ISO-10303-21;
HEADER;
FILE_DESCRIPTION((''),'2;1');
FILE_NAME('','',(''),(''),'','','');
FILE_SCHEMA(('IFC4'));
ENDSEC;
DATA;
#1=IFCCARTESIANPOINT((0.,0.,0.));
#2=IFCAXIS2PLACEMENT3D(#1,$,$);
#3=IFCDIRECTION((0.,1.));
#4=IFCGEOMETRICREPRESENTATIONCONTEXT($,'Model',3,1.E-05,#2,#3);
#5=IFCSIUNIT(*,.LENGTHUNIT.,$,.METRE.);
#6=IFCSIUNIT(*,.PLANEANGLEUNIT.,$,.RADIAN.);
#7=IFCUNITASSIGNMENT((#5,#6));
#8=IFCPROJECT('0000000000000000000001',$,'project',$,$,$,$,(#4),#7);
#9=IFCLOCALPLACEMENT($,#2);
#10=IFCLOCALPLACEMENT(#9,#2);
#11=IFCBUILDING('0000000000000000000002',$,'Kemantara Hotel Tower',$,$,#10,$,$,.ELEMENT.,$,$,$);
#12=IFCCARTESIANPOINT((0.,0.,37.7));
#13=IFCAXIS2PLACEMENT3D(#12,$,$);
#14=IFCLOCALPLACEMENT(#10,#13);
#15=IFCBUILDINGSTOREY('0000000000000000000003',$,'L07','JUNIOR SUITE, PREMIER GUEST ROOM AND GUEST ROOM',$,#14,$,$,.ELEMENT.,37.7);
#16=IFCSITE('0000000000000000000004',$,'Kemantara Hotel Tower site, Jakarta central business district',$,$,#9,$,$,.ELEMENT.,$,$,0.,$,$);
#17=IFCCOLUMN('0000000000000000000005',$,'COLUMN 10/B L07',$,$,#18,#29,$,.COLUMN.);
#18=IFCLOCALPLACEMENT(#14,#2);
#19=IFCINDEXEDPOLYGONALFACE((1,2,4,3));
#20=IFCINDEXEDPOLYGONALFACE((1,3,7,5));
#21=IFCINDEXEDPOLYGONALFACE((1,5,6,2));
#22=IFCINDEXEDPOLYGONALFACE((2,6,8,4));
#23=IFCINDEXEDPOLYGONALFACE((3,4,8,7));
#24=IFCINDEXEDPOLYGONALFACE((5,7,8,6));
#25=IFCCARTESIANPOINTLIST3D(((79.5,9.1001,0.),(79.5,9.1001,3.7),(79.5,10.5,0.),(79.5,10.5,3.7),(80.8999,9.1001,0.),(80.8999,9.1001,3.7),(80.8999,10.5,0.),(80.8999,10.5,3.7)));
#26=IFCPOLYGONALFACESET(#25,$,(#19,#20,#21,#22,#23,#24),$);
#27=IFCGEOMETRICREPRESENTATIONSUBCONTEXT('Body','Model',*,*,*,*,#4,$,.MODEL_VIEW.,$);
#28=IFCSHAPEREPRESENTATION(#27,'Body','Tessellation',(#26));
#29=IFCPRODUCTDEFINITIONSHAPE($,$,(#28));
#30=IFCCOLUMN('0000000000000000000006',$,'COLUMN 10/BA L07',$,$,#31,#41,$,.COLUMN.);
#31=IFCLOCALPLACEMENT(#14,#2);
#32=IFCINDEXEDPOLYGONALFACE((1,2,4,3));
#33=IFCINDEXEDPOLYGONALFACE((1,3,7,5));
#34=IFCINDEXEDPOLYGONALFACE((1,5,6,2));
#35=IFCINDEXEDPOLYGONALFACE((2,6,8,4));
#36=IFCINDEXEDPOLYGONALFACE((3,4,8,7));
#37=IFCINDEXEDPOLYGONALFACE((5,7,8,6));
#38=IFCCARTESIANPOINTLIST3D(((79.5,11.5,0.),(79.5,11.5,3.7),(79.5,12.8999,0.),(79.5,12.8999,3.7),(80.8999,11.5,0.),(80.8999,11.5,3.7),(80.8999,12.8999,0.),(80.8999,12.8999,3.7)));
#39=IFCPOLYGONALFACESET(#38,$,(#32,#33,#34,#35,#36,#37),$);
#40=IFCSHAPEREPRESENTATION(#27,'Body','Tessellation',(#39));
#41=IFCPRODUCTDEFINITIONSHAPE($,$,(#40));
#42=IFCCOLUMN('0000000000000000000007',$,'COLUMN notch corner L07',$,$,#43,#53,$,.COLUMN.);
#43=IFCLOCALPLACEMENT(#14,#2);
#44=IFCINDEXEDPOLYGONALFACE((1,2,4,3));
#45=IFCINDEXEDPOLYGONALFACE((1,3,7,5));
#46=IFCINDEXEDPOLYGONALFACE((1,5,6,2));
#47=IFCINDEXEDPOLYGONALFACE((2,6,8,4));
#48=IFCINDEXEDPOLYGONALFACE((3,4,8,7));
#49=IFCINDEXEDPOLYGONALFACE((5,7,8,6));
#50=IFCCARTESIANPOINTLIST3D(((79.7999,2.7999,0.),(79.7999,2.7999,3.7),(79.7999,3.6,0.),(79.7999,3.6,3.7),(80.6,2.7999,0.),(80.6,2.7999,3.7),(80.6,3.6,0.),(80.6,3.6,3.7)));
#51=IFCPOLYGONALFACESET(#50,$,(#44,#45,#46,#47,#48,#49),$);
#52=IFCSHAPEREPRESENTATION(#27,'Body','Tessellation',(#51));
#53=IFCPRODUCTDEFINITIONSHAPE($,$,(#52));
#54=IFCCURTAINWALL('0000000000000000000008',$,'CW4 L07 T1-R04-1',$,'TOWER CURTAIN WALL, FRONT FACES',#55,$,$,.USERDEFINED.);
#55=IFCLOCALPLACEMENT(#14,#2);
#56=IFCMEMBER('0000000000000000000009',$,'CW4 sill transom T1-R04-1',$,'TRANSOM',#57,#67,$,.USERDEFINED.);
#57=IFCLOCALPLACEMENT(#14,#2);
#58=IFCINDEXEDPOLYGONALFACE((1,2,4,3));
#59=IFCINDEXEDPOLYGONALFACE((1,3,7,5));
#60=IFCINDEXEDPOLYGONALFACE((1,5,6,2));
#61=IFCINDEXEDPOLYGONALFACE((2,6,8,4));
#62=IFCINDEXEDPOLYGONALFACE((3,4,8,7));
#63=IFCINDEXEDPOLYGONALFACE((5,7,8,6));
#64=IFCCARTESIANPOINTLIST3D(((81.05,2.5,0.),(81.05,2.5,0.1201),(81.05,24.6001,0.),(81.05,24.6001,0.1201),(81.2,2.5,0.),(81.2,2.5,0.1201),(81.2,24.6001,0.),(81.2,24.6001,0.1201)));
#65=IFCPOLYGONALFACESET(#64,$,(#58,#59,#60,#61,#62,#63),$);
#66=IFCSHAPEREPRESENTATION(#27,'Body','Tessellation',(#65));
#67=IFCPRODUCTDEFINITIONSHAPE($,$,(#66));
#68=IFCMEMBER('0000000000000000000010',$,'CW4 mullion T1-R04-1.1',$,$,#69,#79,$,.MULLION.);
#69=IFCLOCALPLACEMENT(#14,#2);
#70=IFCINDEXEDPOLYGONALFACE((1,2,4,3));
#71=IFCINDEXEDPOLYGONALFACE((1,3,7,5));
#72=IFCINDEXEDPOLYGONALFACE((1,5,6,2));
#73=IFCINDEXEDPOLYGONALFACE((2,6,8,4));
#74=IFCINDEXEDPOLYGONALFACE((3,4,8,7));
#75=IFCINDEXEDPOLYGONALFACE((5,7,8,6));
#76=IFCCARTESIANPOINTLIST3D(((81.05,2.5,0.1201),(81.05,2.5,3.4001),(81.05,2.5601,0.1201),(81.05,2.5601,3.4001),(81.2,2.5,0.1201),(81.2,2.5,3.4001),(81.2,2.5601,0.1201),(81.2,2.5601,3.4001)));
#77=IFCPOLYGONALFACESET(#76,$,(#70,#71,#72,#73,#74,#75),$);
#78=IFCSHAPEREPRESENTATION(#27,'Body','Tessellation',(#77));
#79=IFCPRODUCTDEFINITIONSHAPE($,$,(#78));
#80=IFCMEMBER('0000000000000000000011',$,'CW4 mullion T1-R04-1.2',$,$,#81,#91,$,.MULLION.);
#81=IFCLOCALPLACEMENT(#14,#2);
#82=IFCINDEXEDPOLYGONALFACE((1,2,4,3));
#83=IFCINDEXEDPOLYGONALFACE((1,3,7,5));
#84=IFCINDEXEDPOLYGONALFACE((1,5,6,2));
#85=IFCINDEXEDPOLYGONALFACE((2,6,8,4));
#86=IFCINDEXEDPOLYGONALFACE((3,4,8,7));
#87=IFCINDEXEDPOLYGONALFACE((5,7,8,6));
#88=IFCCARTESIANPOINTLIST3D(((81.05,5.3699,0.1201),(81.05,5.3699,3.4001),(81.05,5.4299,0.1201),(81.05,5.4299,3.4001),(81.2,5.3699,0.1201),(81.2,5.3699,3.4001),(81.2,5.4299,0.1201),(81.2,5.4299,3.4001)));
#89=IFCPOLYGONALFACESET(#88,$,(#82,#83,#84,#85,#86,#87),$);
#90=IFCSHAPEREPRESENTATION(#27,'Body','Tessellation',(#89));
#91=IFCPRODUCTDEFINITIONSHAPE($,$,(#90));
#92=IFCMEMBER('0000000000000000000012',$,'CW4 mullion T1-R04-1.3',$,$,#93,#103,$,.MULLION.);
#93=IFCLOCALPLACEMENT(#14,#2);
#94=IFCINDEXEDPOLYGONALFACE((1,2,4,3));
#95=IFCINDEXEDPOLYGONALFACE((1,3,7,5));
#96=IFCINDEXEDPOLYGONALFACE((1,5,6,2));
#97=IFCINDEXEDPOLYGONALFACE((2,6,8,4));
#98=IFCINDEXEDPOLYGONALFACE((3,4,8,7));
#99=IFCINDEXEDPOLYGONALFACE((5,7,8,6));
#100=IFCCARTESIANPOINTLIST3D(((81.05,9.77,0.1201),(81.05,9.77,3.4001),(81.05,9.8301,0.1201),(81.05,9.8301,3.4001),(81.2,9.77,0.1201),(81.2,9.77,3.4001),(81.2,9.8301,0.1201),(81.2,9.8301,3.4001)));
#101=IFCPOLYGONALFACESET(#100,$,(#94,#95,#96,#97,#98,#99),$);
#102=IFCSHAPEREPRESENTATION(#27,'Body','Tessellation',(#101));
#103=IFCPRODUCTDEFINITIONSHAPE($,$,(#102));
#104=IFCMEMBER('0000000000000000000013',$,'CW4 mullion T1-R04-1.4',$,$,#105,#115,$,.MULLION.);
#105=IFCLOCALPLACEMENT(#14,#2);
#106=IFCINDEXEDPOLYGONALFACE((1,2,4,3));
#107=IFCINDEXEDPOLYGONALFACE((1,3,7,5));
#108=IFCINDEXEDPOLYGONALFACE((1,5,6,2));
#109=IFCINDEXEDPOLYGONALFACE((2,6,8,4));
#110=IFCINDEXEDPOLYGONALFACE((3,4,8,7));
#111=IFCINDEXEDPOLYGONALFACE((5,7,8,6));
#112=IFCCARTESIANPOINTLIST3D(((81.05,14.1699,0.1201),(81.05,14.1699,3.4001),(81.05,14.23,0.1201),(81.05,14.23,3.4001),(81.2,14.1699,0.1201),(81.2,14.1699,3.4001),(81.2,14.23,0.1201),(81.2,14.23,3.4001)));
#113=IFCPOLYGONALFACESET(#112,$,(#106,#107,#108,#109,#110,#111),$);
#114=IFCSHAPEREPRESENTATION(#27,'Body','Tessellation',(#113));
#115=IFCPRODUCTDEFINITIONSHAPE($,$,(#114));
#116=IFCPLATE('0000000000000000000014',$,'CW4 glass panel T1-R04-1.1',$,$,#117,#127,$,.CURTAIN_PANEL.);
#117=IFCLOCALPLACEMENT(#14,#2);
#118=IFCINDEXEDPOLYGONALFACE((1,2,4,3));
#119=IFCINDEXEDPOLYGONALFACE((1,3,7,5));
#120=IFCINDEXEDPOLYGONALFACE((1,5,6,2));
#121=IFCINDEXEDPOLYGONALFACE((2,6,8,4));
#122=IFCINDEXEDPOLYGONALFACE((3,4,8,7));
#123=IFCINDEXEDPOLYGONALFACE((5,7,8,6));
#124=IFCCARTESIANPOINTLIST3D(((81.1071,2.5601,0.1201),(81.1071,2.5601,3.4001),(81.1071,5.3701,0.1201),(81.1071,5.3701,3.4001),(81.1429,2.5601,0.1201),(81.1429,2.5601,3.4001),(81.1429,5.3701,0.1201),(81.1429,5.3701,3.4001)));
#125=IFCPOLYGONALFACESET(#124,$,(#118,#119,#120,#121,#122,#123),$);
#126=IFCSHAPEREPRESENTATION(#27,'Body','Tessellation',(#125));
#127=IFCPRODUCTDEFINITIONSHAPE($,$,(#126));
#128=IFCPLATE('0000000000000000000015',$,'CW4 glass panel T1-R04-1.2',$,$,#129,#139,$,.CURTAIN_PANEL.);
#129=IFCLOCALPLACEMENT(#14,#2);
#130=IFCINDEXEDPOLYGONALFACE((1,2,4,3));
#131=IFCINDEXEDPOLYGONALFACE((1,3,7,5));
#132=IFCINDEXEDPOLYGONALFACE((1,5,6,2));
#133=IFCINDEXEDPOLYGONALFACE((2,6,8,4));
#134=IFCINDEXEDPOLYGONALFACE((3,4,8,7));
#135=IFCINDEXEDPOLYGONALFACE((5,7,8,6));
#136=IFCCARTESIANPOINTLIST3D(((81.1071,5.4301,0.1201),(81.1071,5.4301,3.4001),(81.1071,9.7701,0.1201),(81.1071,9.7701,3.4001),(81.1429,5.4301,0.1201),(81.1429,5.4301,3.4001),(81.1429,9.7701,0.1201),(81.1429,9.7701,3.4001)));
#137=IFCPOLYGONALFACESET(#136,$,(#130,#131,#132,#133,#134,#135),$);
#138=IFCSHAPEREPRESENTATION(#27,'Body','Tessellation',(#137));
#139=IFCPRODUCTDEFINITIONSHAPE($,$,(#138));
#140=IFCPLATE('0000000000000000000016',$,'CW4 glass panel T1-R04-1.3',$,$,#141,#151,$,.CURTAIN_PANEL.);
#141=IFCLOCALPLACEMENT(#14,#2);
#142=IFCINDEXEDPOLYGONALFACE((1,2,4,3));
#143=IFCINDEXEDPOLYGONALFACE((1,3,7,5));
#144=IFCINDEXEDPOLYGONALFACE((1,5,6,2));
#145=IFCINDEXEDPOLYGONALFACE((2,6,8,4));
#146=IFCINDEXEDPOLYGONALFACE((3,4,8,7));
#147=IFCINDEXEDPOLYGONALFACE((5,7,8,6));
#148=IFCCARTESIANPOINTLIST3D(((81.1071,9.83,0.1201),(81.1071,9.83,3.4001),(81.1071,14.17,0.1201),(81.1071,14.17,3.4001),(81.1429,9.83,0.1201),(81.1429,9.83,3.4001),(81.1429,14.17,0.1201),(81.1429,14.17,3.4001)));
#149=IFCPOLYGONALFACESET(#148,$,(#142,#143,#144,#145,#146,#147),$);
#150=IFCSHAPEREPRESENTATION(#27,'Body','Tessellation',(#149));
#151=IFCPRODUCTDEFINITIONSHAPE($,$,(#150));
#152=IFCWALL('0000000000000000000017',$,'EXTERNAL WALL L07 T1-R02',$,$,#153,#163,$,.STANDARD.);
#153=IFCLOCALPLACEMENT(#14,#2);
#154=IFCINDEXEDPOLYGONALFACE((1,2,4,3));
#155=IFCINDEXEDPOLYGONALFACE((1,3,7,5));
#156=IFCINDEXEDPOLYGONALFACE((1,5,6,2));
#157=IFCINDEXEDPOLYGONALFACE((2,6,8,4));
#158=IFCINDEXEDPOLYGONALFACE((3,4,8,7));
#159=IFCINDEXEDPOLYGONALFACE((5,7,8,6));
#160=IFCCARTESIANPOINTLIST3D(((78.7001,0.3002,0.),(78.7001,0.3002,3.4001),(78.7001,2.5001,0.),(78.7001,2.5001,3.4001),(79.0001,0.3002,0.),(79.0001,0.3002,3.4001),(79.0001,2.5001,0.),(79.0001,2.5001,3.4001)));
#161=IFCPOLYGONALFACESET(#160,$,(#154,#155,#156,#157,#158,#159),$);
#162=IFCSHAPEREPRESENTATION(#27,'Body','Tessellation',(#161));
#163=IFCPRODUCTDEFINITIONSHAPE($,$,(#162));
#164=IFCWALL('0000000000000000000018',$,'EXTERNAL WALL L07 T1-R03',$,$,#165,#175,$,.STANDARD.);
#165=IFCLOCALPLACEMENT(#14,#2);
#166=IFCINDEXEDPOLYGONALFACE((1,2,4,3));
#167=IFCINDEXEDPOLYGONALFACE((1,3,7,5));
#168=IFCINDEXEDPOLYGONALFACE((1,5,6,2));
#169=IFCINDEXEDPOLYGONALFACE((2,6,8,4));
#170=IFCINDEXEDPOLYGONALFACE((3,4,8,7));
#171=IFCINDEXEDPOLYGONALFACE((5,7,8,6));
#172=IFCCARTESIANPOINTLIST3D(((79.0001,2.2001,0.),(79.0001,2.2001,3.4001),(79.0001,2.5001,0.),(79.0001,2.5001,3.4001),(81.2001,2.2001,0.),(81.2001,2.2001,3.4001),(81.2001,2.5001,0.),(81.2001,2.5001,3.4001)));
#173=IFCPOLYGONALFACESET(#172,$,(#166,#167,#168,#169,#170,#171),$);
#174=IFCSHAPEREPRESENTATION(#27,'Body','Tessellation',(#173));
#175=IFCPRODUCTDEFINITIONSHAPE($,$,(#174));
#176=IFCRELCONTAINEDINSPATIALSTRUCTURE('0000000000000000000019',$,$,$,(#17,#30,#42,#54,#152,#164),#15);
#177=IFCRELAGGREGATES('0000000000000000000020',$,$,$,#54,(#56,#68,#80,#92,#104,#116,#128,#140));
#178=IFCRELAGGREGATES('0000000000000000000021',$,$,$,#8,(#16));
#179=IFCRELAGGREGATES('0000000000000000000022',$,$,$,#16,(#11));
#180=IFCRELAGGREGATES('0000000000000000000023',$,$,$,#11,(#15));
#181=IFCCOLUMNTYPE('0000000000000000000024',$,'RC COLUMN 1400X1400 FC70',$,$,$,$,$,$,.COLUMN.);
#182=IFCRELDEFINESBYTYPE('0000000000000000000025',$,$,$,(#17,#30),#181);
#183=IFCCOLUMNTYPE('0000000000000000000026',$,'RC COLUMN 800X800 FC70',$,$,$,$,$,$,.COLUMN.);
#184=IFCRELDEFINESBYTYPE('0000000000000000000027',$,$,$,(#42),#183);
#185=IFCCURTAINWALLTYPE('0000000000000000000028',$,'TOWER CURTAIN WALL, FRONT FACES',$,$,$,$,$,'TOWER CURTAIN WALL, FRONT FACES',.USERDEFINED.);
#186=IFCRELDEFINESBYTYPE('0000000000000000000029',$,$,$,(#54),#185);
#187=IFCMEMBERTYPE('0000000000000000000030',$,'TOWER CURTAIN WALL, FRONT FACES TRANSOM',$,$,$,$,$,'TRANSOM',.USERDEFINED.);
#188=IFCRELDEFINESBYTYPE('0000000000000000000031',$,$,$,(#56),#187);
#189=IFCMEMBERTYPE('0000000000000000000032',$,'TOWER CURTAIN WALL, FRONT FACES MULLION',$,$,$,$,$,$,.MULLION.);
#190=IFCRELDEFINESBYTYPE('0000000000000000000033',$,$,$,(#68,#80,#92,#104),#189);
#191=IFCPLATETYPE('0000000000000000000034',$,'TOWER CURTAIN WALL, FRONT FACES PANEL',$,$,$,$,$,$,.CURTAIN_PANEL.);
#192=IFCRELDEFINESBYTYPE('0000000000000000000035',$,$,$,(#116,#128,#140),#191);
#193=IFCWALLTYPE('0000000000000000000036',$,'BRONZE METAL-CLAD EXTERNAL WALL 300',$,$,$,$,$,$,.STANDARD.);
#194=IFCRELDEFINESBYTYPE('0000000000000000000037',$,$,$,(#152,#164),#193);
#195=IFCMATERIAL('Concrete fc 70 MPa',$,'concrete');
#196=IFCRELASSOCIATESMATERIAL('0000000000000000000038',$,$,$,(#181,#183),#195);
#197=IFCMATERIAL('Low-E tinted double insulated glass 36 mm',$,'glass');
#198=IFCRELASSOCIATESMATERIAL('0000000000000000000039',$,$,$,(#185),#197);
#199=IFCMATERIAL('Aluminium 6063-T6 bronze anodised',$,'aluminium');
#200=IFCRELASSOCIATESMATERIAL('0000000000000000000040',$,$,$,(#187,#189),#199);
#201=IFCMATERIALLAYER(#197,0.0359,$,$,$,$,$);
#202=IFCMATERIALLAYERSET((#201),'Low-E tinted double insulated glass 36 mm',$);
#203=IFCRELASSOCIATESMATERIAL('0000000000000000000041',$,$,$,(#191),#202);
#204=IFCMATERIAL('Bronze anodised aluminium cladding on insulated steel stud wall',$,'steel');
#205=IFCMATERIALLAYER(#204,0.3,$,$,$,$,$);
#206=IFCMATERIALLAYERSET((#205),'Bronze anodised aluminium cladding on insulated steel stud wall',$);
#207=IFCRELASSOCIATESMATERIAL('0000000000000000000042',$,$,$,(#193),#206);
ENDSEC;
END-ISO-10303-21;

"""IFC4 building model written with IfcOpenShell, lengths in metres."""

from ifc_helpers import new_model, si_unit, direction, frame, frame_2d, origin, origin_2d, place, context, subcontext, project, spatial, rectangle, extrude, source, transform, mapped, material, layer, layer_set, material_profile, profile_set, type_object, element, aggregate, save


model = new_model("IFC4")

# Units and contexts
model_context = context("Model", 3, precision=1e-05, world=origin(), true_north=direction((0.0, 1.0)))
body_context = subcontext(model_context, "Body", "Model", "MODEL_VIEW")
ifc_project = project(units=[si_unit("LENGTHUNIT", "METRE"), si_unit("PLANEANGLEUNIT", "RADIAN")], contexts=[model_context])

# Site, building, storey
site_placement = place(None, origin())
site = spatial("IfcSite", under=ifc_project, at=site_placement, Name="Kemantara Hotel Tower site, Jakarta central business district", CompositionType="ELEMENT", RefElevation=0.0)
building_placement = place(site_placement, origin())
building = spatial("IfcBuilding", under=site, at=building_placement, Name="Kemantara Hotel Tower", CompositionType="ELEMENT")
storey_placement = place(building_placement, frame((0.0, 0.0, 37.7)))
storey = spatial("IfcBuildingStorey", under=building, at=storey_placement, Name="L07", Description="JUNIOR SUITE, PREMIER GUEST ROOM AND GUEST ROOM", CompositionType="ELEMENT", Elevation=37.7)

# Columns
ifc_material_1 = material(Name="Concrete fc 70 MPa", Category="concrete")
ifc_material_profile_1 = material_profile(ifc_material_1, rectangle(XDim=1.3999, YDim=1.3999, at=origin_2d()), Name="RC 1400X1400")
ifc_profile_set_1 = profile_set([ifc_material_profile_1], Name="Concrete fc 70 MPa")
column_type_1 = type_object("IfcColumnType", Name="RC COLUMN 1400X1400 FC70", PredefinedType="COLUMN", material=ifc_profile_set_1)
for number, where, z_axis, x_axis, name in (
    (1, (80.2, 9.8, 0.0), (0.0, 0.0, 1.0), (1.0, 0.0, 0.0), "COLUMN 10/B L07"),
    (2, (80.2, 12.2, 0.0), (0.0, 0.0, 1.0), (1.0, 0.0, 0.0), "COLUMN 10/BA L07"),
):
    element("IfcColumn", number, at=place(storey_placement, frame(where, z_axis=z_axis, x_axis=x_axis)), inside=storey, type_object=column_type_1, Name=name, PredefinedType="COLUMN", context=body_context, shape_type="SweptSolid", body=[
        extrude(rectangle(XDim=1.3999, YDim=1.3999, at=origin_2d()), origin(), (0.0, 0.0, 1.0), 3.7),
    ])
ifc_material_profile_2 = material_profile(ifc_material_1, rectangle(XDim=0.8, YDim=0.8, at=origin_2d()), Name="RC 800X800")
ifc_profile_set_2 = profile_set([ifc_material_profile_2], Name="Concrete fc 70 MPa")
column_type_2 = type_object("IfcColumnType", Name="RC COLUMN 800X800 FC70", PredefinedType="COLUMN", material=ifc_profile_set_2)
column_placement = place(storey_placement, frame((80.2, 3.2, 0.0), z_axis=(0.0, 0.0, 1.0), x_axis=(1.0, 0.0, 0.0)))
element("IfcColumn", 3, at=column_placement, inside=storey, type_object=column_type_2, Name="COLUMN notch corner L07", PredefinedType="COLUMN", context=body_context, shape_type="SweptSolid", body=[
    extrude(rectangle(XDim=0.8, YDim=0.8, at=origin_2d()), origin(), (0.0, 0.0, 1.0), 3.7),
])

# Curtain wall, members, plates
ifc_material_2 = material(Name="Low-E tinted double insulated glass 36 mm", Category="glass")
curtain_wall_type = type_object("IfcCurtainWallType", Name="TOWER CURTAIN WALL, FRONT FACES", ElementType="TOWER CURTAIN WALL, FRONT FACES", PredefinedType="USERDEFINED", material=ifc_material_2)
curtain_wall_placement = place(storey_placement, origin())
curtain_wall = element("IfcCurtainWall", 4, at=curtain_wall_placement, inside=storey, type_object=curtain_wall_type, Name="CW4 L07 T1-R04-1", ObjectType="TOWER CURTAIN WALL, FRONT FACES", PredefinedType="USERDEFINED")
ifc_material_3 = material(Name="Aluminium 6063-T6 bronze anodised", Category="aluminium")
ifc_material_profile_3 = material_profile(ifc_material_3, rectangle(XDim=0.1499, YDim=0.1201, at=origin_2d()), Name="TOWER CURTAIN WALL, FRONT FACES TRANSOM")
ifc_profile_set_3 = profile_set([ifc_material_profile_3], Name="Aluminium 6063-T6 bronze anodised")
member_type_1 = type_object("IfcMemberType", Name="TOWER CURTAIN WALL, FRONT FACES TRANSOM", ElementType="TRANSOM", PredefinedType="USERDEFINED", material=ifc_profile_set_3)
member_1_placement = place(storey_placement, frame((81.125, 2.5, 0.0601), z_axis=(0.0, 1.0, 0.0), x_axis=(-1.0, 0.0, 0.0)))
member_1 = element("IfcMember", 5, at=member_1_placement, type_object=member_type_1, Name="CW4 sill transom T1-R04-1", ObjectType="TRANSOM", PredefinedType="USERDEFINED", context=body_context, shape_type="SweptSolid", body=[
    extrude(rectangle(XDim=0.1499, YDim=0.1201, at=origin_2d()), origin(), (0.0, 0.0, 1.0), 22.1001),
])
ifc_material_profile_4 = material_profile(ifc_material_3, rectangle(XDim=0.1499, YDim=0.0601, at=origin_2d()), Name="TOWER CURTAIN WALL, FRONT FACES MULLION")
ifc_profile_set_4 = profile_set([ifc_material_profile_4], Name="Aluminium 6063-T6 bronze anodised")
member_type_2 = type_object("IfcMemberType", Name="TOWER CURTAIN WALL, FRONT FACES MULLION", PredefinedType="MULLION", material=ifc_profile_set_4)
shared_shape_1 = source(origin(), body_context, "Body", "SweptSolid", [
    extrude(rectangle(XDim=0.1499, YDim=0.0601, at=origin_2d()), origin(), (0.0, 0.0, 1.0), 3.28),
])
member_2_placement = place(storey_placement, frame((81.125, 2.53, 0.1201), z_axis=(0.0, 0.0, 1.0), x_axis=(-1.0, 0.0, 0.0)))
member_2 = element("IfcMember", 6, at=member_2_placement, type_object=member_type_2, Name="CW4 mullion T1-R04-1.1", PredefinedType="MULLION", context=body_context, shape_type="MappedRepresentation", body=[
    mapped(shared_shape_1, transform((0.0, 0.0, 0.0))),
])
member_3_placement = place(storey_placement, frame((81.125, 5.3999, 0.1201), z_axis=(0.0, 0.0, 1.0), x_axis=(-1.0, 0.0, 0.0)))
member_3 = element("IfcMember", 7, at=member_3_placement, type_object=member_type_2, Name="CW4 mullion T1-R04-1.2", PredefinedType="MULLION", context=body_context, shape_type="MappedRepresentation", body=[
    mapped(shared_shape_1, transform((0.0, 0.0, 0.0))),
])
member_4_placement = place(storey_placement, frame((81.125, 9.8, 0.1201), z_axis=(0.0, 0.0, 1.0), x_axis=(-1.0, 0.0, 0.0)))
member_4 = element("IfcMember", 8, at=member_4_placement, type_object=member_type_2, Name="CW4 mullion T1-R04-1.3", PredefinedType="MULLION", context=body_context, shape_type="MappedRepresentation", body=[
    mapped(shared_shape_1, transform((0.0, 0.0, 0.0))),
])
member_5_placement = place(storey_placement, frame((81.125, 14.2, 0.1201), z_axis=(0.0, 0.0, 1.0), x_axis=(-1.0, 0.0, 0.0)))
member_5 = element("IfcMember", 9, at=member_5_placement, type_object=member_type_2, Name="CW4 mullion T1-R04-1.4", PredefinedType="MULLION", context=body_context, shape_type="MappedRepresentation", body=[
    mapped(shared_shape_1, transform((0.0, 0.0, 0.0))),
])
ifc_layer_1 = layer(ifc_material_2, 0.0359)
ifc_layer_set_1 = layer_set([ifc_layer_1], Name="Low-E tinted double insulated glass 36 mm")
plate_type = type_object("IfcPlateType", Name="TOWER CURTAIN WALL, FRONT FACES PANEL", PredefinedType="CURTAIN_PANEL", material=ifc_layer_set_1)
shared_shape_2 = source(origin(), body_context, "Body", "SweptSolid", [
    extrude(rectangle(XDim=2.8101, YDim=0.0359, at=origin_2d()), origin(), (0.0, 0.0, 1.0), 3.28),
])
plate_1_placement = place(storey_placement, frame((81.125, 3.9651, 0.1201), z_axis=(0.0, 0.0, 1.0), x_axis=(0.0, 1.0, 0.0)))
plate_1 = element("IfcPlate", 10, at=plate_1_placement, type_object=plate_type, Name="CW4 glass panel T1-R04-1.1", PredefinedType="CURTAIN_PANEL", context=body_context, shape_type="MappedRepresentation", body=[
    mapped(shared_shape_2, transform((0.0, 0.0, 0.0))),
])
shared_shape_3 = source(origin(), body_context, "Body", "SweptSolid", [
    extrude(rectangle(XDim=4.3401, YDim=0.0359, at=origin_2d()), origin(), (0.0, 0.0, 1.0), 3.28),
])
plate_2_placement = place(storey_placement, frame((81.125, 7.6001, 0.1201), z_axis=(0.0, 0.0, 1.0), x_axis=(0.0, 1.0, 0.0)))
plate_2 = element("IfcPlate", 11, at=plate_2_placement, type_object=plate_type, Name="CW4 glass panel T1-R04-1.2", PredefinedType="CURTAIN_PANEL", context=body_context, shape_type="MappedRepresentation", body=[
    mapped(shared_shape_3, transform((0.0, 0.0, 0.0))),
])
plate_3_placement = place(storey_placement, frame((81.125, 12.0, 0.1201), z_axis=(0.0, 0.0, 1.0), x_axis=(0.0, 1.0, 0.0)))
plate_3 = element("IfcPlate", 12, at=plate_3_placement, type_object=plate_type, Name="CW4 glass panel T1-R04-1.3", PredefinedType="CURTAIN_PANEL", context=body_context, shape_type="MappedRepresentation", body=[
    mapped(shared_shape_3, transform((0.0, 0.0, 0.0))),
])
aggregate(curtain_wall, [member_1, member_2, member_3, member_4, member_5, plate_1, plate_2, plate_3])

# Walls
ifc_material_4 = material(Name="Bronze anodised aluminium cladding on insulated steel stud wall", Category="steel")
ifc_layer_2 = layer(ifc_material_4, 0.3)
ifc_layer_set_2 = layer_set([ifc_layer_2], Name="Bronze anodised aluminium cladding on insulated steel stud wall")
wall_type_1 = type_object("IfcWallType", Name="BRONZE METAL-CLAD EXTERNAL WALL 300", PredefinedType="STANDARD", material=ifc_layer_set_2)
for number, where, z_axis, x_axis, name in (
    (13, (78.8501, 0.3, 0.0), (0.0, 0.0, 1.0), (0.0, 1.0, 0.0), "EXTERNAL WALL L07 T1-R02"),
    (14, (79.0, 2.3501, 0.0), (0.0, 0.0, 1.0), (1.0, 0.0, 0.0), "EXTERNAL WALL L07 T1-R03"),
):
    element("IfcWall", number, at=place(storey_placement, frame(where, z_axis=z_axis, x_axis=x_axis)), inside=storey, type_object=wall_type_1, Name=name, PredefinedType="STANDARD", context=body_context, shape_type="SweptSolid", body=[
        extrude(rectangle(XDim=2.2, YDim=0.3, at=frame_2d((1.1001, 0.0))), origin(), (0.0, 0.0, 1.0), 3.4001),
    ])

save(model, "model.ifc")
